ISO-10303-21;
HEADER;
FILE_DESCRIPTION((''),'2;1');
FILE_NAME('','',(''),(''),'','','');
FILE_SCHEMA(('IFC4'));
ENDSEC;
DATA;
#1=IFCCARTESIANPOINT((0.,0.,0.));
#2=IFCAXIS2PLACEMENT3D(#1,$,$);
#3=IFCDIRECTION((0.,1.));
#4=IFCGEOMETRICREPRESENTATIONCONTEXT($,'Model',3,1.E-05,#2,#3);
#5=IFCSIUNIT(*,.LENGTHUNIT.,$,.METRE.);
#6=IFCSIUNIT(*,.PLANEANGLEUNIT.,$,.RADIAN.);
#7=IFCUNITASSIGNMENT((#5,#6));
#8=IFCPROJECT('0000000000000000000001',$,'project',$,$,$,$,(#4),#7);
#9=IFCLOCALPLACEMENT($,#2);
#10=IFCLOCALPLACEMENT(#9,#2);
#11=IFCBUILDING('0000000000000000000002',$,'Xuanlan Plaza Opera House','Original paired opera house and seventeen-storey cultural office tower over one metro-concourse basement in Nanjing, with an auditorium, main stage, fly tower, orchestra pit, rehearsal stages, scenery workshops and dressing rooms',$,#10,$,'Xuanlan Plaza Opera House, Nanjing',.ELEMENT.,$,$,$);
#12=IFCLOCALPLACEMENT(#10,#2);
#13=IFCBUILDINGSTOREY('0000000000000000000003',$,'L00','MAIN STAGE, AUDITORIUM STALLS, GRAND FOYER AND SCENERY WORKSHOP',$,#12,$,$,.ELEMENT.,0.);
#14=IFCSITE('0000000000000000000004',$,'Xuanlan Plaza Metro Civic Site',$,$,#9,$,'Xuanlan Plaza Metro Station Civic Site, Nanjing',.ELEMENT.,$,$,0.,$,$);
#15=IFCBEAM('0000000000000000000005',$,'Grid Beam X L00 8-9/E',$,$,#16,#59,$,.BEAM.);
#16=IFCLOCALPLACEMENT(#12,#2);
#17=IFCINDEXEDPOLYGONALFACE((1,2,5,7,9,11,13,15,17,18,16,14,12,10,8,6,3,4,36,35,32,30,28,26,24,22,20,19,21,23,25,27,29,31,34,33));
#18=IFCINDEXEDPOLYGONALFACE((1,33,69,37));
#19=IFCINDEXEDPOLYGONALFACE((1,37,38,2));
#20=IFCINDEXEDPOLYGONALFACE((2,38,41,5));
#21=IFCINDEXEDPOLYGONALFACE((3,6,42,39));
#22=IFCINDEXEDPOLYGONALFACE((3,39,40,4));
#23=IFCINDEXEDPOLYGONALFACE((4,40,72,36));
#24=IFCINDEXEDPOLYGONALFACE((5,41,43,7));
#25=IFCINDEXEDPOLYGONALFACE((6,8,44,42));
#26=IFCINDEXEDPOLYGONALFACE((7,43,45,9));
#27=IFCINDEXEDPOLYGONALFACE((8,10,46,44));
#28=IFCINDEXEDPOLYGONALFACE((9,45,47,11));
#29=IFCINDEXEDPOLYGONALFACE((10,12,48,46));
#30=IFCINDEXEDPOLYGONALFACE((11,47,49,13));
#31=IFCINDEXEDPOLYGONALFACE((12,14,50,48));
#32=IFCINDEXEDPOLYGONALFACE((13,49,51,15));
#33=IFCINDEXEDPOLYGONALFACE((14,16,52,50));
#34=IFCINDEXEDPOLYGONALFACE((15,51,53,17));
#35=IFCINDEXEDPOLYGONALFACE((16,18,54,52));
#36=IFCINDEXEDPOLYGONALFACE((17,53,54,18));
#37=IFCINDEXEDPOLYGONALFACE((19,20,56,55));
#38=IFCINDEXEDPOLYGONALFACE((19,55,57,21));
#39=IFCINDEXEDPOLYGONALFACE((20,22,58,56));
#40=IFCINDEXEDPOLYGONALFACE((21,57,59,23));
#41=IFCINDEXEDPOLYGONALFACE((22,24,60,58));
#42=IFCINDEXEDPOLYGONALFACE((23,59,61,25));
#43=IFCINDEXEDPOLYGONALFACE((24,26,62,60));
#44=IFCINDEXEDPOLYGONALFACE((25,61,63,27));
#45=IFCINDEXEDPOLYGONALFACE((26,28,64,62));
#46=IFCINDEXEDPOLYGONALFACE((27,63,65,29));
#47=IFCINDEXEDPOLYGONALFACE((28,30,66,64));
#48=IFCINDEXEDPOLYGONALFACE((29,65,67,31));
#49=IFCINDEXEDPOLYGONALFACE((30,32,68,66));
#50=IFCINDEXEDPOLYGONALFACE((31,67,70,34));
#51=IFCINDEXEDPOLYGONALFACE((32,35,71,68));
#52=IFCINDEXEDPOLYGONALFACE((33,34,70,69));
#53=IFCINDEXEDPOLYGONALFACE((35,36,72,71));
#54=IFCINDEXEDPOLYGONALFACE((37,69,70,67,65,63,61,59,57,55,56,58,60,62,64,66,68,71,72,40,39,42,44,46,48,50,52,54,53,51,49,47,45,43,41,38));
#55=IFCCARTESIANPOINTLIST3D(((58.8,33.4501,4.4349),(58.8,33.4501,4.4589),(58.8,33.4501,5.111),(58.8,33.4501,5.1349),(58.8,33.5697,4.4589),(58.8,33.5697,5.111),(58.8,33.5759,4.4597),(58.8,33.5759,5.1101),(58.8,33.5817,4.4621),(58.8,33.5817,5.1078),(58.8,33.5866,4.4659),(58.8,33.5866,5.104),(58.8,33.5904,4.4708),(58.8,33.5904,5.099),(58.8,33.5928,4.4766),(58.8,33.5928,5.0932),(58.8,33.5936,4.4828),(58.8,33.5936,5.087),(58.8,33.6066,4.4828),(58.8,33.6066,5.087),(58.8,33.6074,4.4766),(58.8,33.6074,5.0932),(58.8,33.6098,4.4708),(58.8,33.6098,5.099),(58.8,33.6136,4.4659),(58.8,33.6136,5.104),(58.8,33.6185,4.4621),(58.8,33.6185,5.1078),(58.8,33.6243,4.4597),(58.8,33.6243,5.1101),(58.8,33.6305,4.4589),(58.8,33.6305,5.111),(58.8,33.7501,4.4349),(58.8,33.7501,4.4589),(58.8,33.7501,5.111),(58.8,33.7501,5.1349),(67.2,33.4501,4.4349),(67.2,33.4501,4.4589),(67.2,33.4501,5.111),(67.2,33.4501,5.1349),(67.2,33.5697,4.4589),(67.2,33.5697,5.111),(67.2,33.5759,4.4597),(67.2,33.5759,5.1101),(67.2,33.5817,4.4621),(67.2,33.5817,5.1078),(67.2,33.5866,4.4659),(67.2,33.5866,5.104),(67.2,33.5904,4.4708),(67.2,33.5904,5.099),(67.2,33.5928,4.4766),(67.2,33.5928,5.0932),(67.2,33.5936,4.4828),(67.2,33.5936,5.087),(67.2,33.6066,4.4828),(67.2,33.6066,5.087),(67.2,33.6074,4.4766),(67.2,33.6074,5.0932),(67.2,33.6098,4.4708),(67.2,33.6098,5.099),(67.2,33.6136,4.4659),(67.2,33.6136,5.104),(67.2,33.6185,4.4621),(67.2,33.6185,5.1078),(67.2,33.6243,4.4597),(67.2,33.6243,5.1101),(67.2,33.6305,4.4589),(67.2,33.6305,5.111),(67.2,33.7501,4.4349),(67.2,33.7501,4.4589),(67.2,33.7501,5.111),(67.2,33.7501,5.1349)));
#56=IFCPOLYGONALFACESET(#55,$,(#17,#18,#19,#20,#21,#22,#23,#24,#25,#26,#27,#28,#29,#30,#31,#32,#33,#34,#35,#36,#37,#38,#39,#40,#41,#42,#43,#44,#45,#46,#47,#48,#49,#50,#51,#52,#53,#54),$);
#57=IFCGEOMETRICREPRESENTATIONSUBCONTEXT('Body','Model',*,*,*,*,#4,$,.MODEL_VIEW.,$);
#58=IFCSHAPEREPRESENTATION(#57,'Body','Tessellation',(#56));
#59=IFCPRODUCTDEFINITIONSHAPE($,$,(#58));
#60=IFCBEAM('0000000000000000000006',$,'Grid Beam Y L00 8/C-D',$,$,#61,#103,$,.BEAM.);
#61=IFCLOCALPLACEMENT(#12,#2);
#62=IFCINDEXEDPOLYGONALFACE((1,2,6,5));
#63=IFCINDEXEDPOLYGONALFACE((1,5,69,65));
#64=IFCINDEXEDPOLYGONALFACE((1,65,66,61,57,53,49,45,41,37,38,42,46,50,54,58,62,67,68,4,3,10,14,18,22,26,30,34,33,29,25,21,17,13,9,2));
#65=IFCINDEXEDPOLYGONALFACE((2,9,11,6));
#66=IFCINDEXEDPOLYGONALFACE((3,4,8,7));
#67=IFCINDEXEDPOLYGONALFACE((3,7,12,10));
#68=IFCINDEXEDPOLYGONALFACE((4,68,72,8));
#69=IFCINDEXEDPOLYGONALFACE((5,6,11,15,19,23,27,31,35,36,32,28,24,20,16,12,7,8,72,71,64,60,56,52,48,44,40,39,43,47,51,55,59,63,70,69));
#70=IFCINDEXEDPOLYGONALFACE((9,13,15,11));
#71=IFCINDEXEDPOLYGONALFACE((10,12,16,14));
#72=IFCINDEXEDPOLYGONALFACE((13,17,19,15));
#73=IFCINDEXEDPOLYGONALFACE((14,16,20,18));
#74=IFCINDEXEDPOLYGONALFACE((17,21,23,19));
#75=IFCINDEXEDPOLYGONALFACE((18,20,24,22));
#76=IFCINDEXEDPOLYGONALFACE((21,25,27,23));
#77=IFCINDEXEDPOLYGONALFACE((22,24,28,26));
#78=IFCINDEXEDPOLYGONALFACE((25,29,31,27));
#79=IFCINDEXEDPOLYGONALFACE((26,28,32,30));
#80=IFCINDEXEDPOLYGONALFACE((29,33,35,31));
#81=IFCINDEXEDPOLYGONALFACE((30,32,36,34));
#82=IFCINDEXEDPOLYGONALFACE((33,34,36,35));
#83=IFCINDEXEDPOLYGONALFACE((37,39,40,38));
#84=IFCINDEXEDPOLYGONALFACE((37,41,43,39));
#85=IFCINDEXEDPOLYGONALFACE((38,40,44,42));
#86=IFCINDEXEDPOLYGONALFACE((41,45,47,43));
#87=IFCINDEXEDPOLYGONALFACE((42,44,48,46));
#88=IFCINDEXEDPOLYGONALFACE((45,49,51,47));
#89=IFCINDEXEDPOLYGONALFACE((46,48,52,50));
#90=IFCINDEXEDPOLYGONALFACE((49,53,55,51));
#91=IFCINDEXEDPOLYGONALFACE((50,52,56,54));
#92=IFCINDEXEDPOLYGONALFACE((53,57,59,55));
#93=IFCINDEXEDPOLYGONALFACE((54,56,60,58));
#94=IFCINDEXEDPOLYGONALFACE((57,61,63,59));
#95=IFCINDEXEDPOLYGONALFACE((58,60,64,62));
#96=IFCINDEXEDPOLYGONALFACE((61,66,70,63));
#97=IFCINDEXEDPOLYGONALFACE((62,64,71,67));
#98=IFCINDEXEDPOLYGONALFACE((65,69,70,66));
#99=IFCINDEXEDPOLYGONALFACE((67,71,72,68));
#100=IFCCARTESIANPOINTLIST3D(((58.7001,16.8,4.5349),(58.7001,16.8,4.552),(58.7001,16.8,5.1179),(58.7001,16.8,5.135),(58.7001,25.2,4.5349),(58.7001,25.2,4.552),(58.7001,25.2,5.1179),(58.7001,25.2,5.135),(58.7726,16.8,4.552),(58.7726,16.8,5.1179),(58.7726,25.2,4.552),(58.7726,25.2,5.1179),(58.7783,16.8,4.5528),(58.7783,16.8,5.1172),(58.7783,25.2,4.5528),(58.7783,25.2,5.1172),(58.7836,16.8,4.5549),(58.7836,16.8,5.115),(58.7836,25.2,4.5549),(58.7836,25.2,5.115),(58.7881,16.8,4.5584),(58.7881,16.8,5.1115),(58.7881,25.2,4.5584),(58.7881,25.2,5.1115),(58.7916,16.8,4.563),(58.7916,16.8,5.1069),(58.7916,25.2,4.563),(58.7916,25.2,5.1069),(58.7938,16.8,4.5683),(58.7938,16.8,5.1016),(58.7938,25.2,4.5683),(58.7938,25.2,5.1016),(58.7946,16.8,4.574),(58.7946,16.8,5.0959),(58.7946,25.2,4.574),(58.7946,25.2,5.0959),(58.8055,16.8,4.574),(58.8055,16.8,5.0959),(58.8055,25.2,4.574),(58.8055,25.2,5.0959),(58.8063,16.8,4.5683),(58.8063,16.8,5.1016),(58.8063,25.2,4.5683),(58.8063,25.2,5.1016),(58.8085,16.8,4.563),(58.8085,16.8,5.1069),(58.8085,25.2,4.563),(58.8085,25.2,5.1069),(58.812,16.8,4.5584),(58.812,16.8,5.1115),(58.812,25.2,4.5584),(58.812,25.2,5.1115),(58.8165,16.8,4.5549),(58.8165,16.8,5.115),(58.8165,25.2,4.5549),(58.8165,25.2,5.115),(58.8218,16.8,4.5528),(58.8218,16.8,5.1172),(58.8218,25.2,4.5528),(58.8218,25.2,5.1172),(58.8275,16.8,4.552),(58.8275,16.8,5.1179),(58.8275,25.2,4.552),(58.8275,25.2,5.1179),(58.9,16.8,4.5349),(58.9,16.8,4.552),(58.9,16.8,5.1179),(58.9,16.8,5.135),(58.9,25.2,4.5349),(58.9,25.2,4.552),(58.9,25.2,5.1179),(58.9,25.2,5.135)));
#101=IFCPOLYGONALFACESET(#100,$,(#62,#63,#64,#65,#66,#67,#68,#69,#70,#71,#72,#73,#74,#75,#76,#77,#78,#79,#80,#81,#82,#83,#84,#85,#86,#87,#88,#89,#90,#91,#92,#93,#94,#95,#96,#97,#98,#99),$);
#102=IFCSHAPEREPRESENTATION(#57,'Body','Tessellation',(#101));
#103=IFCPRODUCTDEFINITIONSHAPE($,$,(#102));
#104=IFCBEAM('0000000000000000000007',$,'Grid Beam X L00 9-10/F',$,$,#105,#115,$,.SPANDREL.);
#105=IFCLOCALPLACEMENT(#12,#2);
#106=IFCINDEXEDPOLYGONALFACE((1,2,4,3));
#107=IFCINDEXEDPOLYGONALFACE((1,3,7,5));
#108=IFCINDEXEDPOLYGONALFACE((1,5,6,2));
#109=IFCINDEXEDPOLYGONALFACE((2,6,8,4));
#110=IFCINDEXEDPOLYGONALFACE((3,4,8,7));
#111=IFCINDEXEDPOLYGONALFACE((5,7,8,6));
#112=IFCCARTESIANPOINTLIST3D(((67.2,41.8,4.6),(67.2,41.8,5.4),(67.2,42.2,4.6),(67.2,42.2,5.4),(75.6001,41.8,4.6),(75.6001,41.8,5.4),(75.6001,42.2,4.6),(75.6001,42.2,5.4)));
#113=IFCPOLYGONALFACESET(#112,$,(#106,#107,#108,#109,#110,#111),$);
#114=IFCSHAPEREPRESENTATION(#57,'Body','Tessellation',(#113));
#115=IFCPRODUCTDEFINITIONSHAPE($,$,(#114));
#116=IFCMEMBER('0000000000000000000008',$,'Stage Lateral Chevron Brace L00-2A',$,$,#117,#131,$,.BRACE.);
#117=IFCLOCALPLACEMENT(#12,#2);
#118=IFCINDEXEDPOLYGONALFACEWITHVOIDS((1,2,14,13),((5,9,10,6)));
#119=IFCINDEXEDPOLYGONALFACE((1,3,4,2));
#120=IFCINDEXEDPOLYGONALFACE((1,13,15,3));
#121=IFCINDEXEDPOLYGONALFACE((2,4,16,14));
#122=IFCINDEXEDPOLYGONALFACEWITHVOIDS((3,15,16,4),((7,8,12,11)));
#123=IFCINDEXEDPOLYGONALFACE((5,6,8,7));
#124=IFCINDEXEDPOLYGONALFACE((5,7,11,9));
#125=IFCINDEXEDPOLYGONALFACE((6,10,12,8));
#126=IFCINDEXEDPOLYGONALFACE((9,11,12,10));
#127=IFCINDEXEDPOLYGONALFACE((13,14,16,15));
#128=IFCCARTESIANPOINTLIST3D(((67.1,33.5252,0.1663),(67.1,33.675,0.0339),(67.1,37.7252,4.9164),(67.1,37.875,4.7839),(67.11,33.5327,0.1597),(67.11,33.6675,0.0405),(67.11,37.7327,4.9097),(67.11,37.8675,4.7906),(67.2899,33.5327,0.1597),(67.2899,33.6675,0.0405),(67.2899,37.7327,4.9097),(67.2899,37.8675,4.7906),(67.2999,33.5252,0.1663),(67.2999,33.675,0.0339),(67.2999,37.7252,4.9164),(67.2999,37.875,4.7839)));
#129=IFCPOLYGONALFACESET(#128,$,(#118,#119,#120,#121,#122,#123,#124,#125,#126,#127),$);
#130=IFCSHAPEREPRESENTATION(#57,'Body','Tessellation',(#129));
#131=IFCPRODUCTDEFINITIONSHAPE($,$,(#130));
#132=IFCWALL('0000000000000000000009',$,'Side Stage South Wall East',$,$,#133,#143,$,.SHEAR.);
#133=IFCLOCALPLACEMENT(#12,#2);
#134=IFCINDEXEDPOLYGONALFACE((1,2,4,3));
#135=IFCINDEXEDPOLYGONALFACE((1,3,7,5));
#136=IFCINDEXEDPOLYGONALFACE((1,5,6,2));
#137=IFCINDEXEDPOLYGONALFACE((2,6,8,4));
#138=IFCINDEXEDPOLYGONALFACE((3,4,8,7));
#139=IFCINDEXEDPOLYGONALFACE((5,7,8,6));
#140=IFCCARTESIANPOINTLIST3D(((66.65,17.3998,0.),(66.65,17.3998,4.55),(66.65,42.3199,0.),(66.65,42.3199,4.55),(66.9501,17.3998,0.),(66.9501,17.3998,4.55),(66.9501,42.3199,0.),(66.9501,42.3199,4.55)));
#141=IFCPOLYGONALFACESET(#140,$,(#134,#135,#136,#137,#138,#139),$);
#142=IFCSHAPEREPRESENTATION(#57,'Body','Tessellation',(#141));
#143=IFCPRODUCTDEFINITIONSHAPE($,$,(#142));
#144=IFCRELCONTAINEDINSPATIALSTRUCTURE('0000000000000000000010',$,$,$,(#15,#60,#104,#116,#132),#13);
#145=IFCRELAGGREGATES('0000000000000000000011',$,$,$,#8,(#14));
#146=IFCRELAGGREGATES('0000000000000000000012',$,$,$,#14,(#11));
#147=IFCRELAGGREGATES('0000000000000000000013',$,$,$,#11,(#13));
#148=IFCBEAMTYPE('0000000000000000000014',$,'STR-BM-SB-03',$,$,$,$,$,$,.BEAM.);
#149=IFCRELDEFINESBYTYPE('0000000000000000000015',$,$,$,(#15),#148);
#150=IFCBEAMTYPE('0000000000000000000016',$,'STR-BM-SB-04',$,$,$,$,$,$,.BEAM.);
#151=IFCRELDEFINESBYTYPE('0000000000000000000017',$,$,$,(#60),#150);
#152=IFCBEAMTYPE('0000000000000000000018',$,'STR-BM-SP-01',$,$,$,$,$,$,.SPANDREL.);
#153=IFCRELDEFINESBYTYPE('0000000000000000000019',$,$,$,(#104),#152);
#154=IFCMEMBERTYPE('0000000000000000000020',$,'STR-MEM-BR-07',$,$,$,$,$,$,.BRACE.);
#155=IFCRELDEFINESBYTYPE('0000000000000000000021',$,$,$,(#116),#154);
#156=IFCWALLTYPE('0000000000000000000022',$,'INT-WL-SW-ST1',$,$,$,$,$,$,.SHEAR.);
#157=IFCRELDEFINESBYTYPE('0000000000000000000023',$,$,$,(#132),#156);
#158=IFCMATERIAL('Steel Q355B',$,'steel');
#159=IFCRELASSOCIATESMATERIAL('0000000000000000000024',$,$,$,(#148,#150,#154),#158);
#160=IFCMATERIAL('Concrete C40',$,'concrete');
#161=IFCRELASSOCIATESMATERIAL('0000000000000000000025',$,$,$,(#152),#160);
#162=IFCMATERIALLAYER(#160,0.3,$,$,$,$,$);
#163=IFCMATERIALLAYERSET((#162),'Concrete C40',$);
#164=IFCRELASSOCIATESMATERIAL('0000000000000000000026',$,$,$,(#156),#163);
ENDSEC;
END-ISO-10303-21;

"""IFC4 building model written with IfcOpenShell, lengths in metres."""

from ifc_helpers import new_model, si_unit, direction, frame, frame_2d, origin, origin_2d, place, context, subcontext, project, spatial, rectangle, hollow_rectangle, i_section, extrude, material, layer, layer_set, material_profile, profile_set, type_object, element, save


model = new_model("IFC4")

# Units and contexts
model_context = context("Model", 3, precision=1e-05, world=origin(), true_north=direction((0.0, 1.0)))
body_context = subcontext(model_context, "Body", "Model", "MODEL_VIEW")
ifc_project = project(units=[si_unit("LENGTHUNIT", "METRE"), si_unit("PLANEANGLEUNIT", "RADIAN")], contexts=[model_context])

# Site, building, storey
site_placement = place(None, origin())
site = spatial("IfcSite", under=ifc_project, at=site_placement, Name="Xuanlan Plaza Metro Civic Site", LongName="Xuanlan Plaza Metro Station Civic Site, Nanjing", CompositionType="ELEMENT", RefElevation=0.0)
building_placement = place(site_placement, origin())
building = spatial("IfcBuilding", under=site, at=building_placement, Name="Xuanlan Plaza Opera House", Description="Original paired opera house and seventeen-storey cultural office tower over one metro-concourse basement in Nanjing, with an auditorium, main stage, fly tower, orchestra pit, rehearsal stages, scenery workshops and dressing rooms", LongName="Xuanlan Plaza Opera House, Nanjing", CompositionType="ELEMENT")
storey_placement = place(building_placement, origin())
storey = spatial("IfcBuildingStorey", under=building, at=storey_placement, Name="L00", Description="MAIN STAGE, AUDITORIUM STALLS, GRAND FOYER AND SCENERY WORKSHOP", CompositionType="ELEMENT", Elevation=0.0)

# Shared definitions
ifc_material_1 = material(Name="Concrete C40", Category="concrete")

# Beams
ifc_material_2 = material(Name="Steel Q355B", Category="steel")
ifc_material_profile_1 = material_profile(ifc_material_2, i_section(OverallWidth=0.3, OverallDepth=0.7, WebThickness=0.0129, FlangeThickness=0.0239, FilletRadius=0.0239, at=origin_2d()), Name="HN 700x300x13x24")
ifc_profile_set_1 = profile_set([ifc_material_profile_1], Name="Steel Q355B")
beam_type_1 = type_object("IfcBeamType", Name="STR-BM-SB-03", PredefinedType="BEAM", material=ifc_profile_set_1)
beam_1_placement = place(storey_placement, frame((58.8, 33.6001, 4.7849), z_axis=(1.0, 0.0, 0.0), x_axis=(0.0, 1.0, 0.0)))
element("IfcBeam", 1, at=beam_1_placement, inside=storey, type_object=beam_type_1, Name="Grid Beam X L00 8-9/E", PredefinedType="BEAM", context=body_context, shape_type="SweptSolid", body=[
    extrude(i_section(OverallWidth=0.3, OverallDepth=0.7, WebThickness=0.0129, FlangeThickness=0.0239, FilletRadius=0.0239, at=origin_2d()), origin(), (0.0, 0.0, 1.0), 8.3999),
])
ifc_material_profile_2 = material_profile(ifc_material_2, i_section(OverallWidth=0.2, OverallDepth=0.6001, WebThickness=0.011, FlangeThickness=0.0171, FilletRadius=0.022, at=origin_2d()), Name="HN 600x200x11x17")
ifc_profile_set_2 = profile_set([ifc_material_profile_2], Name="Steel Q355B")
beam_type_2 = type_object("IfcBeamType", Name="STR-BM-SB-04", PredefinedType="BEAM", material=ifc_profile_set_2)
beam_2_placement = place(storey_placement, frame((58.8, 16.8, 4.835), z_axis=(0.0, 1.0, 0.0), x_axis=(-1.0, 0.0, 0.0)))
element("IfcBeam", 2, at=beam_2_placement, inside=storey, type_object=beam_type_2, Name="Grid Beam Y L00 8/C-D", PredefinedType="BEAM", context=body_context, shape_type="SweptSolid", body=[
    extrude(i_section(OverallWidth=0.2, OverallDepth=0.6001, WebThickness=0.011, FlangeThickness=0.0171, FilletRadius=0.022, at=origin_2d()), origin(), (0.0, 0.0, 1.0), 8.3999),
])
ifc_material_profile_3 = material_profile(ifc_material_1, rectangle(XDim=0.3999, YDim=0.8, at=origin_2d()), Name="RC-SPD 400x800")
ifc_profile_set_3 = profile_set([ifc_material_profile_3], Name="Concrete C40")
beam_type_3 = type_object("IfcBeamType", Name="STR-BM-SP-01", PredefinedType="SPANDREL", material=ifc_profile_set_3)
beam_3_placement = place(storey_placement, frame((67.2, 42.0, 5.0), z_axis=(1.0, 0.0, 0.0), x_axis=(0.0, 1.0, 0.0)))
element("IfcBeam", 3, at=beam_3_placement, inside=storey, type_object=beam_type_3, Name="Grid Beam X L00 9-10/F", PredefinedType="SPANDREL", context=body_context, shape_type="SweptSolid", body=[
    extrude(rectangle(XDim=0.3999, YDim=0.8, at=origin_2d()), origin(), (0.0, 0.0, 1.0), 8.4001),
])

# Member
ifc_material_profile_4 = material_profile(ifc_material_2, hollow_rectangle(XDim=0.2, YDim=0.2, WallThickness=0.01, at=origin_2d()), Name="SHS 200x200x10")
ifc_profile_set_4 = profile_set([ifc_material_profile_4], Name="Steel Q355B")
member_type = type_object("IfcMemberType", Name="STR-MEM-BR-07", PredefinedType="BRACE", material=ifc_profile_set_4)
member_placement = place(storey_placement, frame((67.2, 33.6001, 0.1001), z_axis=(0.0, 0.662399, 0.749151), x_axis=(-1.0, 0.0, 0.0)))
element("IfcMember", 4, at=member_placement, inside=storey, type_object=member_type, Name="Stage Lateral Chevron Brace L00-2A", PredefinedType="BRACE", context=body_context, shape_type="SweptSolid", body=[
    extrude(hollow_rectangle(XDim=0.2, YDim=0.2, WallThickness=0.01, at=origin_2d()), origin(), (0.0, 0.0, 1.0), 6.3406),
])

# Wall
ifc_layer = layer(ifc_material_1, 0.3)
ifc_layer_set = layer_set([ifc_layer], Name="Concrete C40")
wall_type = type_object("IfcWallType", Name="INT-WL-SW-ST1", PredefinedType="SHEAR", material=ifc_layer_set)
wall_placement = place(storey_placement, frame((66.8, 17.3999, 0.0), z_axis=(0.0, 0.0, 1.0), x_axis=(0.0, 1.0, 0.0)))
element("IfcWall", 5, at=wall_placement, inside=storey, type_object=wall_type, Name="Side Stage South Wall East", PredefinedType="SHEAR", context=body_context, shape_type="SweptSolid", body=[
    extrude(rectangle(XDim=24.9202, YDim=0.3, at=frame_2d((12.46, 0.0))), origin(), (0.0, 0.0, 1.0), 4.55),
])

save(model, "model.ifc")
